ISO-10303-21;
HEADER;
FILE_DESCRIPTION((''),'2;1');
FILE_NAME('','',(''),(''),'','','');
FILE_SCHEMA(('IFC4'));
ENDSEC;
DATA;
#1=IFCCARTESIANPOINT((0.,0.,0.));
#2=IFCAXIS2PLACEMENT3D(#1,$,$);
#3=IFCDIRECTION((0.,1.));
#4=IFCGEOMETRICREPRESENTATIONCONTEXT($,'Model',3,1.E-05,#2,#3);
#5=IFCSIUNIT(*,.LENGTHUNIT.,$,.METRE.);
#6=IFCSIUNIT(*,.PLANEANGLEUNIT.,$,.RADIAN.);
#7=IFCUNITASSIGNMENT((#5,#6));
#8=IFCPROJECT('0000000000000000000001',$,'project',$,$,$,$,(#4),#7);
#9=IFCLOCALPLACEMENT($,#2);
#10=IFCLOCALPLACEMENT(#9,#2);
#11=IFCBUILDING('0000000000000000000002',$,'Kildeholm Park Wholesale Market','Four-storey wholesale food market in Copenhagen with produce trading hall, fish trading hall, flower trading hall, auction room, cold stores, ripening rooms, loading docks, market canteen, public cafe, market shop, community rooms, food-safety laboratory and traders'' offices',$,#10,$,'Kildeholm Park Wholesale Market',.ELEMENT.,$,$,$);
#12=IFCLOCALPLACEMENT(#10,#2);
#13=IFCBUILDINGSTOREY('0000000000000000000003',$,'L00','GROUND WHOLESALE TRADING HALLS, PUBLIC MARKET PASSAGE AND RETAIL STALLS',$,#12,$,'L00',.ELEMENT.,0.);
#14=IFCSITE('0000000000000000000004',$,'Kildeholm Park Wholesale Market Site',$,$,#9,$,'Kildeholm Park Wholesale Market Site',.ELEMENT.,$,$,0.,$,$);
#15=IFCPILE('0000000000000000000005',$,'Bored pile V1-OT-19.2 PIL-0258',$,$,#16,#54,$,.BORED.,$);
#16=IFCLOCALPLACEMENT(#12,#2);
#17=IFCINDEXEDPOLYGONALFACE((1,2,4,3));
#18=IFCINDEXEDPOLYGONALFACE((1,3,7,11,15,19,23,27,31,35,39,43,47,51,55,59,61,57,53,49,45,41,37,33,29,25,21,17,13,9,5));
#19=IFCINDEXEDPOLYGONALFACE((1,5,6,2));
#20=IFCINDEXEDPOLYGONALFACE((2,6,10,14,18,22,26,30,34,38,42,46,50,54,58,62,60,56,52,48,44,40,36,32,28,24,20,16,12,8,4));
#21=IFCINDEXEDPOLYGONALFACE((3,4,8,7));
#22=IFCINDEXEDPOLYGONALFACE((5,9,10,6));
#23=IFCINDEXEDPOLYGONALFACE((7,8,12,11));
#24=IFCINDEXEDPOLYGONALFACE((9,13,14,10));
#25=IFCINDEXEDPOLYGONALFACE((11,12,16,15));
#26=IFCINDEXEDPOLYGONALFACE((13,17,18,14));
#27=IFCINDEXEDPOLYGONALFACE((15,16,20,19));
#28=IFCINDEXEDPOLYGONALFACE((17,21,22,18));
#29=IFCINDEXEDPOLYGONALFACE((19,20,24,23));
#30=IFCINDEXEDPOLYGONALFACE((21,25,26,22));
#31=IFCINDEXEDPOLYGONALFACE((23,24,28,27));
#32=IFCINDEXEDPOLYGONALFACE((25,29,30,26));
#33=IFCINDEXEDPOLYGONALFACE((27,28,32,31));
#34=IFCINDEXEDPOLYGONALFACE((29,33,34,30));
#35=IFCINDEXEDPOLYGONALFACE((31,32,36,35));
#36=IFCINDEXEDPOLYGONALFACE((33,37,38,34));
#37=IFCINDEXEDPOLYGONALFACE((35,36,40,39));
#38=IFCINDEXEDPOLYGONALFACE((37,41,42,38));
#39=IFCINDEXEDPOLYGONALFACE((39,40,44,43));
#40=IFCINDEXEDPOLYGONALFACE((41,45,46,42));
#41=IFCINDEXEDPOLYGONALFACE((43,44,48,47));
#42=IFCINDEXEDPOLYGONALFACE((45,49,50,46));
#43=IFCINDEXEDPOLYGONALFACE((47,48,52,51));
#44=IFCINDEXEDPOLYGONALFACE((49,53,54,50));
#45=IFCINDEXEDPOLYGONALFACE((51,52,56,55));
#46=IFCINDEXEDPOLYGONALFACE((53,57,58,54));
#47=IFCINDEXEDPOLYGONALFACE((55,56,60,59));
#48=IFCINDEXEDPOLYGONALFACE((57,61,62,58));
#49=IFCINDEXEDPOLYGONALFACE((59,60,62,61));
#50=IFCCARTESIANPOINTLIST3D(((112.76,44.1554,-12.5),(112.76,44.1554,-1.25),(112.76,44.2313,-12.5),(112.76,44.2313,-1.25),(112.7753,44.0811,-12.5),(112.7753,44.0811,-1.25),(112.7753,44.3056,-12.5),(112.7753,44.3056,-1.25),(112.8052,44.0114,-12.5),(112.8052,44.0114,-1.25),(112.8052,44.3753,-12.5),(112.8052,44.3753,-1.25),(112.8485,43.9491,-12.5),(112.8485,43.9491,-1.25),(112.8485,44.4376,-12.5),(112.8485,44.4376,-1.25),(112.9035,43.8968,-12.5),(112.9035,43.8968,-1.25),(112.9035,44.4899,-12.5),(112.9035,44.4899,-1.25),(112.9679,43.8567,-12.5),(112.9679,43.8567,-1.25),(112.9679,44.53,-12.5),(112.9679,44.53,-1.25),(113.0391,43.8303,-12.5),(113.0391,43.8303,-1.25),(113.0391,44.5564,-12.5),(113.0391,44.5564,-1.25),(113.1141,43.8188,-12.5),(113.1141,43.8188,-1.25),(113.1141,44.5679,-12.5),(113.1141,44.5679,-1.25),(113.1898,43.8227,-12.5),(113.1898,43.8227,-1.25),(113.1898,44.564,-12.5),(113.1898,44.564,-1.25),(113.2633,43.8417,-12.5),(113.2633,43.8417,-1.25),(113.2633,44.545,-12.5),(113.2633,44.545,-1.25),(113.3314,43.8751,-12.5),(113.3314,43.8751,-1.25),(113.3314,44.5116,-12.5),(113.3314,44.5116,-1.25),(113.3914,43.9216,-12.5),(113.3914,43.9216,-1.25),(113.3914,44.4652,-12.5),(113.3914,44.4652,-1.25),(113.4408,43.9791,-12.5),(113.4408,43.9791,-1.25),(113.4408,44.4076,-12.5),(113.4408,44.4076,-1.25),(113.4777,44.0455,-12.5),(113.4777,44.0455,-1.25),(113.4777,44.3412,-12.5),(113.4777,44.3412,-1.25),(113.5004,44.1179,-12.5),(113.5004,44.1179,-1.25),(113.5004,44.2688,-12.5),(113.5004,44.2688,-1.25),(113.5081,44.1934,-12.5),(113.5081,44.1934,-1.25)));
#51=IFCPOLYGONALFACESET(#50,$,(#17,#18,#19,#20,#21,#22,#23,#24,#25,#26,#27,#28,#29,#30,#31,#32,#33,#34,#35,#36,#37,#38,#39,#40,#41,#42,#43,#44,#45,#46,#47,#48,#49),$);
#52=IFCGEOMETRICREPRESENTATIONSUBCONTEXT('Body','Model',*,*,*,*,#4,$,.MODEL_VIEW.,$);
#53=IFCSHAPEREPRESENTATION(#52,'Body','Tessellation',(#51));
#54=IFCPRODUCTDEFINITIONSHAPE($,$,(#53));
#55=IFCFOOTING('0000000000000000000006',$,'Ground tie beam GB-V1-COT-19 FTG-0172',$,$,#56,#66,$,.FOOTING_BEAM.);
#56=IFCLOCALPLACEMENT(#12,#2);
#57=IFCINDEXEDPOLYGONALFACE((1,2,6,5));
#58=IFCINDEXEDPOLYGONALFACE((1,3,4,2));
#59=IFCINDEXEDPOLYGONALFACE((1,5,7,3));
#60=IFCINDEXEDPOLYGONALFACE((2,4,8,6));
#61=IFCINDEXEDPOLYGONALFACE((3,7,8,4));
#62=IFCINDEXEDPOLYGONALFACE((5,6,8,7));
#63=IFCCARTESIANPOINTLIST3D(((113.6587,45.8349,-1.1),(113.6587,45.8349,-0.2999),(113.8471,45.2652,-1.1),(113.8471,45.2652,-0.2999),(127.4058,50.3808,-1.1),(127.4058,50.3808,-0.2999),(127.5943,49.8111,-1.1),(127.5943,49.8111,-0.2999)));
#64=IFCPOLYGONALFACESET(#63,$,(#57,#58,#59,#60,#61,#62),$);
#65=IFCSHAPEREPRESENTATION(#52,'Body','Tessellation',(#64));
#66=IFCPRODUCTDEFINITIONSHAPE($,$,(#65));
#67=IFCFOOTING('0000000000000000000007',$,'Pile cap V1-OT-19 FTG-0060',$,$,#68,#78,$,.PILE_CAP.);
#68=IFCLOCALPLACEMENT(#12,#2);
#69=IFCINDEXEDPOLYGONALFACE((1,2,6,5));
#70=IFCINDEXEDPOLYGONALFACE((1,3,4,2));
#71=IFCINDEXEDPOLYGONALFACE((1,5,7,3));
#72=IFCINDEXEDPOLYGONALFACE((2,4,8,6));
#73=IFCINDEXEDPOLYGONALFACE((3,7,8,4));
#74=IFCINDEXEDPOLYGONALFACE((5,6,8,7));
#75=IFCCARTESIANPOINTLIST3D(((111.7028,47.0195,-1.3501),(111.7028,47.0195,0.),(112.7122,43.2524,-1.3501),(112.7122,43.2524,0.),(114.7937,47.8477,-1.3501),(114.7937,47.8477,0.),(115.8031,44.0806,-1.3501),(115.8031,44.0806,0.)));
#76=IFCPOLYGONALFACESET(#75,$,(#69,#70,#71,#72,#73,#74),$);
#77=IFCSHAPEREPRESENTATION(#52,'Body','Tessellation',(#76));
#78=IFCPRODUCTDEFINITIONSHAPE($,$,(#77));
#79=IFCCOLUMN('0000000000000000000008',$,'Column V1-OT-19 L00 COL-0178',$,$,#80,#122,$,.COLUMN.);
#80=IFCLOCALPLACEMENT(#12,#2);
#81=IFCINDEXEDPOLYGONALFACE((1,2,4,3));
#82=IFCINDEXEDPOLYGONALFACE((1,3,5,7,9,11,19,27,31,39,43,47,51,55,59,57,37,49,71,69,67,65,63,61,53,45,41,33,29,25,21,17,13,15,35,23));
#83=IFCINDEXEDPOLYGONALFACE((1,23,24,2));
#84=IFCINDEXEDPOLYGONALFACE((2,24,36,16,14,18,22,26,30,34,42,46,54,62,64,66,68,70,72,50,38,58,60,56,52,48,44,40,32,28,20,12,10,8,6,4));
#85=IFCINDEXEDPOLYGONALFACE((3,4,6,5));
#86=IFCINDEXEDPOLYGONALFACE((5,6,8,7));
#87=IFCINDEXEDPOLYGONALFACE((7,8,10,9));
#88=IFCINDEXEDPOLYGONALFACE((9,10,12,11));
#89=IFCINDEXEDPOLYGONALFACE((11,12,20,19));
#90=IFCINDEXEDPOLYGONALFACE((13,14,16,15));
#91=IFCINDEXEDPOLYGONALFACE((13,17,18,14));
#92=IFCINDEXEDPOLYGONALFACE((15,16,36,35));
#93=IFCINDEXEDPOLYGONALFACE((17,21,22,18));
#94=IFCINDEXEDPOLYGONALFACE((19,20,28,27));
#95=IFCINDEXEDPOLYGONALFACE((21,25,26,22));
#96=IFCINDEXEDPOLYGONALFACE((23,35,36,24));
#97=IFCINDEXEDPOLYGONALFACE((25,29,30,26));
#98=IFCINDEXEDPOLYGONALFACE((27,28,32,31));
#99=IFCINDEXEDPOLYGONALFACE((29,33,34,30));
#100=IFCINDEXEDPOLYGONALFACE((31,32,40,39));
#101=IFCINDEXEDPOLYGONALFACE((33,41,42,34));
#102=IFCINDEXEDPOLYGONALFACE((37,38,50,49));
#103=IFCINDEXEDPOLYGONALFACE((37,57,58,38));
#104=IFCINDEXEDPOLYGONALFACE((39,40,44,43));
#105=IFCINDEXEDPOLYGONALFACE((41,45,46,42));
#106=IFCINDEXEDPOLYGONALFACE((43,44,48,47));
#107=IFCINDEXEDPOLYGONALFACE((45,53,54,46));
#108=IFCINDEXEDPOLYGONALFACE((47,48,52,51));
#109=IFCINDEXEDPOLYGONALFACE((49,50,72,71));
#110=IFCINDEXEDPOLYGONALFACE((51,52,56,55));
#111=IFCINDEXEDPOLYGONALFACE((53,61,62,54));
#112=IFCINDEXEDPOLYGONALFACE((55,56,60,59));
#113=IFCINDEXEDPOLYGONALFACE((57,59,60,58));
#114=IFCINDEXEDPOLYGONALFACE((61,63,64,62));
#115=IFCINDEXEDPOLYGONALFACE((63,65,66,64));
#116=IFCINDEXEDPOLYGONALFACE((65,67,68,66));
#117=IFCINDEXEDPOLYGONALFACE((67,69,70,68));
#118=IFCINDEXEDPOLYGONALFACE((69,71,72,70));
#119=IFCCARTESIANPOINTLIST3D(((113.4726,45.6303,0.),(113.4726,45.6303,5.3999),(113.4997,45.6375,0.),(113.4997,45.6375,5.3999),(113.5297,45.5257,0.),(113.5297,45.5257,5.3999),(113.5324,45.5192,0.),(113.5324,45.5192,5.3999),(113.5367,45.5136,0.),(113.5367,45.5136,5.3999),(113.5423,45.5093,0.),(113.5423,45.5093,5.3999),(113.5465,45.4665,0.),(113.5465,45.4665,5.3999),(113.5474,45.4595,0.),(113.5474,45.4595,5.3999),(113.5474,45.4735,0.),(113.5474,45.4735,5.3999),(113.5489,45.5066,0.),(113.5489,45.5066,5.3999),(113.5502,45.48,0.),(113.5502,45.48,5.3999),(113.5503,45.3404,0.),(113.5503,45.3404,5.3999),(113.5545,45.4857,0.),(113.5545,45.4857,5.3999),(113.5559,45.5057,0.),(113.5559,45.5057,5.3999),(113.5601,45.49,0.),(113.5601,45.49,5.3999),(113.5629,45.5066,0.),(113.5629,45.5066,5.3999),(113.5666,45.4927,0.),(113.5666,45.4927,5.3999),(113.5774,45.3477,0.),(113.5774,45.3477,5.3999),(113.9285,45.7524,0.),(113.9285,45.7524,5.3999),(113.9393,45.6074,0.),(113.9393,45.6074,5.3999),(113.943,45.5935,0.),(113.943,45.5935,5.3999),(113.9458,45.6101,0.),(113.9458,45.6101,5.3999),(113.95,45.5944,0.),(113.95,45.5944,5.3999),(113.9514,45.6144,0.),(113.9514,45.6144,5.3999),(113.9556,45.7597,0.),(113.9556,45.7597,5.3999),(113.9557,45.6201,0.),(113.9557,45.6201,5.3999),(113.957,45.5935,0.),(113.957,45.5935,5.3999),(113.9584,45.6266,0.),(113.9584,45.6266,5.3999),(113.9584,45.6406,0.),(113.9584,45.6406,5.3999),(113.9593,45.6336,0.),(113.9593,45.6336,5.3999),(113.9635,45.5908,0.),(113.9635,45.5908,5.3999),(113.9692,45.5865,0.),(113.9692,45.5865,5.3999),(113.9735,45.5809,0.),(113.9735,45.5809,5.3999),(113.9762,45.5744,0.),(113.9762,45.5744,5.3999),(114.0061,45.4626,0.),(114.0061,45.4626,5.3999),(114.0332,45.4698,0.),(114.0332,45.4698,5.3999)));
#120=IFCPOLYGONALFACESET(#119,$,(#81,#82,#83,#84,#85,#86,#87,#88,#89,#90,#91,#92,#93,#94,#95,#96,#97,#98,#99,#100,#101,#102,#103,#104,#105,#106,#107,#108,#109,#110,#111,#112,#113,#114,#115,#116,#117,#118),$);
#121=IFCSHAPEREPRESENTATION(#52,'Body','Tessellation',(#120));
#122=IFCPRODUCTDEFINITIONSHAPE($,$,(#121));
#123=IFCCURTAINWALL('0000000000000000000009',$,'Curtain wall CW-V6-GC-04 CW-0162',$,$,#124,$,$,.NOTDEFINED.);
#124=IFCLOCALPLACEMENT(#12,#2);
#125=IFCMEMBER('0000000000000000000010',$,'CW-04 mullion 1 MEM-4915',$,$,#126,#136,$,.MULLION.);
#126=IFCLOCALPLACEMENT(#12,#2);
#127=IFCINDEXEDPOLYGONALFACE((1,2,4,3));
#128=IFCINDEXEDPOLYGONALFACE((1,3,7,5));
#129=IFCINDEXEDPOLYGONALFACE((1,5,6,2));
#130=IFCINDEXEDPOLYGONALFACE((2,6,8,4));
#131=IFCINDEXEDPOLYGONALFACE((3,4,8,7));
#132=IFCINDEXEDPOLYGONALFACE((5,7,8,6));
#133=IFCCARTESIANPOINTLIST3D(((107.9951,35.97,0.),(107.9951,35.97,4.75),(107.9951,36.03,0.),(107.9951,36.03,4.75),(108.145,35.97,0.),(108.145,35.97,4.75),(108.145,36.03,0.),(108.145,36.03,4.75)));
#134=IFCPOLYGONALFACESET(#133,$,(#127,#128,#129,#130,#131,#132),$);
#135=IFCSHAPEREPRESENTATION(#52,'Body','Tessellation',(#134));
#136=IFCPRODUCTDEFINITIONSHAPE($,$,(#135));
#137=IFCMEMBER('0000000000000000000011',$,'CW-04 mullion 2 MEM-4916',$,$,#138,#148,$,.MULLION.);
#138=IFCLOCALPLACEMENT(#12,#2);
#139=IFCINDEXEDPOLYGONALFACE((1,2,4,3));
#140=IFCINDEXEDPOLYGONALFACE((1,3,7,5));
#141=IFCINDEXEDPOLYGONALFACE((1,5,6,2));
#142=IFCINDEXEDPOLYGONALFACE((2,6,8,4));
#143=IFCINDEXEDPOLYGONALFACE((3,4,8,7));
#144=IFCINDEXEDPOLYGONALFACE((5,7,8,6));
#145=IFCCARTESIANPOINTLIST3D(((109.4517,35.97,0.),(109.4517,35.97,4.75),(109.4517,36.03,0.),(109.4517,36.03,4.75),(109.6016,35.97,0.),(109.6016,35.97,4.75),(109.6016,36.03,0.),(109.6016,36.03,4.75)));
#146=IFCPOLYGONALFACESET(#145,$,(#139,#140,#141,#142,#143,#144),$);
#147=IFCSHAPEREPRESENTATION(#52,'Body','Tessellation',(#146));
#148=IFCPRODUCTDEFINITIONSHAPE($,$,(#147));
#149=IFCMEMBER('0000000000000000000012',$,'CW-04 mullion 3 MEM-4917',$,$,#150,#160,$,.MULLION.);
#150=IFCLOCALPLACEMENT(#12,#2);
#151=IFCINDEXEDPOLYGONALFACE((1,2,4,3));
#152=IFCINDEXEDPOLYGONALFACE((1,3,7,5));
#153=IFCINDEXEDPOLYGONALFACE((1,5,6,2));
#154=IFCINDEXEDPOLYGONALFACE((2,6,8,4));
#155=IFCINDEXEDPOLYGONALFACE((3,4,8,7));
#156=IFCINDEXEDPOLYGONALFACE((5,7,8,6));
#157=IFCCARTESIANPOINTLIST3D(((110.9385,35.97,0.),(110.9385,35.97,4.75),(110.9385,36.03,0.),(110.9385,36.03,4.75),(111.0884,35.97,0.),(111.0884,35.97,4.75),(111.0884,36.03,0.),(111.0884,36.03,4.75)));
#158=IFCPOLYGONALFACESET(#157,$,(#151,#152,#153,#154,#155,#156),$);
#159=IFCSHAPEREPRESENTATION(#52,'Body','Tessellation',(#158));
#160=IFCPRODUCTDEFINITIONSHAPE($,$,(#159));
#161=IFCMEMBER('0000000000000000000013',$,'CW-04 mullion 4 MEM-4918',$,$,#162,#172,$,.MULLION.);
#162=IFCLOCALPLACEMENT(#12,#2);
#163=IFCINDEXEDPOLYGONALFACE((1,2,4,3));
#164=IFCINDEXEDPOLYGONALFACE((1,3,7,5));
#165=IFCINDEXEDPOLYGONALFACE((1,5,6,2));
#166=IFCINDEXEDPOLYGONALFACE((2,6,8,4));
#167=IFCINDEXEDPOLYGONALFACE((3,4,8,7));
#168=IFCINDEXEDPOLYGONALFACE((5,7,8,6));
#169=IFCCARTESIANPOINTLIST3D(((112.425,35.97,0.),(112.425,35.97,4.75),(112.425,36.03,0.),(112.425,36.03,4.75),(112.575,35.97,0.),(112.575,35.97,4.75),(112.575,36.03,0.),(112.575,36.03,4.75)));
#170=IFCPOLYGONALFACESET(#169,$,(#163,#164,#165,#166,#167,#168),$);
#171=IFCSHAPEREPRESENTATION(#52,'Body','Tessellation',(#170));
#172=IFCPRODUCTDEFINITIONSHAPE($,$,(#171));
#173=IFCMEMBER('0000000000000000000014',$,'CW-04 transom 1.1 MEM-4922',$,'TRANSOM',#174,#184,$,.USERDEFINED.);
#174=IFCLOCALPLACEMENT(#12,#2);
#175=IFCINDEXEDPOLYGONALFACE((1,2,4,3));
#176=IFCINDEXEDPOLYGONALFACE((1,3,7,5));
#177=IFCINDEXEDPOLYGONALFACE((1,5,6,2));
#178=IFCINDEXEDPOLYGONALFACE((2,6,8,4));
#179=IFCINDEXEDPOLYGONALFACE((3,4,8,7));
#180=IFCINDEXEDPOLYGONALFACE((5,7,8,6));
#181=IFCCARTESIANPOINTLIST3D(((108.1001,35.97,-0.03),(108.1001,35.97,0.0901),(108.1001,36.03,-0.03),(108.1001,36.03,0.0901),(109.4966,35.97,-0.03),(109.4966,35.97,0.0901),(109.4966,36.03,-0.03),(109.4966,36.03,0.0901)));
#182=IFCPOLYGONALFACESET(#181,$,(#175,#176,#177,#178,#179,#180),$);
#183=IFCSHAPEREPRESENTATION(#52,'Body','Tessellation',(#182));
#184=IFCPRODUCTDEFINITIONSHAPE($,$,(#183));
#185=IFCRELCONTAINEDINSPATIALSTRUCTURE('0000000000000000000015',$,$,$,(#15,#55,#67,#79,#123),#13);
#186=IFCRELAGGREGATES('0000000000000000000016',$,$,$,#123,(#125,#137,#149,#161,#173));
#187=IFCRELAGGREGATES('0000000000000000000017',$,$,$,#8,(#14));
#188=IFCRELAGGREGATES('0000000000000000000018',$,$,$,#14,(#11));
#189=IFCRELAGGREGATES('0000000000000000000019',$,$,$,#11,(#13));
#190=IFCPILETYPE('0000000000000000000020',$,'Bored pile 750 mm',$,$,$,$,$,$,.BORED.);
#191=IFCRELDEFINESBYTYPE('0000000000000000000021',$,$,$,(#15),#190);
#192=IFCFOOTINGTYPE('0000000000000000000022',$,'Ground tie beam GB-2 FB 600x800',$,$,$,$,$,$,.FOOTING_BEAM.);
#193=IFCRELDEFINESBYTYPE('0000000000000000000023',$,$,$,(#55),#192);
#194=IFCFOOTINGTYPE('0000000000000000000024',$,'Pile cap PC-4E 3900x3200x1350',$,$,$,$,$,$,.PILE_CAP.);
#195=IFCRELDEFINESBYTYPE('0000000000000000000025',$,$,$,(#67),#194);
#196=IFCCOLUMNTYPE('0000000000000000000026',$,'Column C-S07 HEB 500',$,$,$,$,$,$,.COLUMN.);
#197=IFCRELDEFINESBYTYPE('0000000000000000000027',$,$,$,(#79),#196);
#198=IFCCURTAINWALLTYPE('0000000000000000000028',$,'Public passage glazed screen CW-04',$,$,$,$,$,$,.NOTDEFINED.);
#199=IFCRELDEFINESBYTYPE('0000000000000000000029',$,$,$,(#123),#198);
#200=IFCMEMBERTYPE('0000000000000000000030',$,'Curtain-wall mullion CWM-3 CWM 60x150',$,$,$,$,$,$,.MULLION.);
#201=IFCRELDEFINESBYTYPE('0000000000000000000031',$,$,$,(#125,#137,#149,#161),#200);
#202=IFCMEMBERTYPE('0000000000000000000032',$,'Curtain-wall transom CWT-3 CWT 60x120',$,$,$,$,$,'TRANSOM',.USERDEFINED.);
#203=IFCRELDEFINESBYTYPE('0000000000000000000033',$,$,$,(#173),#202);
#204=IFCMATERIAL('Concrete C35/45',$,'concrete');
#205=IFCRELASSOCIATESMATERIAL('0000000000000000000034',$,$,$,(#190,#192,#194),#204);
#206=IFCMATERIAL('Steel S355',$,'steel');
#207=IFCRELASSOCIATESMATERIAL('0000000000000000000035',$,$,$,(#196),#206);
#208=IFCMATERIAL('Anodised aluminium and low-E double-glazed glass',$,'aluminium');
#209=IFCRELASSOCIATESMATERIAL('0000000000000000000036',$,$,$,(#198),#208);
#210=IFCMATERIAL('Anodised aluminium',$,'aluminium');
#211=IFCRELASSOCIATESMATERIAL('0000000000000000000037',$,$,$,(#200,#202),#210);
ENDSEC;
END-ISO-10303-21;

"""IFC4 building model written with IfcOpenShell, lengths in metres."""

from ifc_helpers import new_model, si_unit, direction, frame, origin, origin_2d, place, context, subcontext, project, spatial, rectangle, circle, i_section, extrude, material, material_profile, profile_set, type_object, element, aggregate, save


model = new_model("IFC4")

# Units and contexts
model_context = context("Model", 3, precision=1e-05, world=origin(), true_north=direction((0.0, 1.0)))
body_context = subcontext(model_context, "Body", "Model", "MODEL_VIEW")
ifc_project = project(units=[si_unit("LENGTHUNIT", "METRE"), si_unit("PLANEANGLEUNIT", "RADIAN")], contexts=[model_context])

# Site, building, storey
site_placement = place(None, origin())
site = spatial("IfcSite", under=ifc_project, at=site_placement, Name="Kildeholm Park Wholesale Market Site", LongName="Kildeholm Park Wholesale Market Site", CompositionType="ELEMENT", RefElevation=0.0)
building_placement = place(site_placement, origin())
building = spatial("IfcBuilding", under=site, at=building_placement, Name="Kildeholm Park Wholesale Market", Description="Four-storey wholesale food market in Copenhagen with produce trading hall, fish trading hall, flower trading hall, auction room, cold stores, ripening rooms, loading docks, market canteen, public cafe, market shop, community rooms, food-safety laboratory and traders' offices", LongName="Kildeholm Park Wholesale Market", CompositionType="ELEMENT")
storey_placement = place(building_placement, origin())
storey = spatial("IfcBuildingStorey", under=building, at=storey_placement, Name="L00", Description="GROUND WHOLESALE TRADING HALLS, PUBLIC MARKET PASSAGE AND RETAIL STALLS", LongName="L00", CompositionType="ELEMENT", Elevation=0.0)

# Pile
ifc_material_1 = material(Name="Concrete C35/45", Category="concrete")
ifc_material_profile_1 = material_profile(ifc_material_1, circle(Radius=0.375, at=origin_2d()), Name="PILE D750")
ifc_profile_set_1 = profile_set([ifc_material_profile_1], Name="Concrete C35/45")
pile_type = type_object("IfcPileType", Name="Bored pile 750 mm", PredefinedType="BORED", material=ifc_profile_set_1)
pile_placement = place(storey_placement, frame((113.1331, 44.1934, -1.25), z_axis=(0.0, 0.0, -1.0), x_axis=(1.0, 0.0, 0.0)))
element("IfcPile", 1, at=pile_placement, inside=storey, type_object=pile_type, Name="Bored pile V1-OT-19.2 PIL-0258", PredefinedType="BORED", context=body_context, shape_type="SweptSolid", body=[
    extrude(circle(Radius=0.375, at=origin_2d()), origin(), (0.0, 0.0, 1.0), 11.25),
])

# Footings
ifc_material_profile_2 = material_profile(ifc_material_1, rectangle(XDim=0.6001, YDim=0.8, at=origin_2d()), Name="FB 600x800")
ifc_profile_set_2 = profile_set([ifc_material_profile_2], Name="Concrete C35/45")
footing_type_1 = type_object("IfcFootingType", Name="Ground tie beam GB-2 FB 600x800", PredefinedType="FOOTING_BEAM", material=ifc_profile_set_2)
footing_1_placement = place(storey_placement, frame((113.7529, 45.55, -0.7), z_axis=(0.949436, 0.313961, 0.0), x_axis=(-0.313961, 0.949436, 0.0)))
element("IfcFooting", 2, at=footing_1_placement, inside=storey, type_object=footing_type_1, Name="Ground tie beam GB-V1-COT-19 FTG-0172", PredefinedType="FOOTING_BEAM", context=body_context, shape_type="SweptSolid", body=[
    extrude(rectangle(XDim=0.6001, YDim=0.8, at=origin_2d()), origin(), (0.0, 0.0, 1.0), 14.4792),
])
footing_type_2 = type_object("IfcFootingType", Name="Pile cap PC-4E 3900x3200x1350", PredefinedType="PILE_CAP", material=ifc_material_1)
footing_2_placement = place(storey_placement, frame((113.7529, 45.55, -1.3501), z_axis=(0.0, 0.0, 1.0), x_axis=(0.258819, -0.965926, 0.0)))
element("IfcFooting", 3, at=footing_2_placement, inside=storey, type_object=footing_type_2, Name="Pile cap V1-OT-19 FTG-0060", PredefinedType="PILE_CAP", context=body_context, shape_type="SweptSolid", body=[
    extrude(rectangle(XDim=3.8999, YDim=3.2, at=origin_2d()), origin(), (0.0, 0.0, 1.0), 1.3501),
])

# Column
ifc_material_2 = material(Name="Steel S355", Category="steel")
ifc_material_profile_3 = material_profile(ifc_material_2, i_section(OverallWidth=0.3, OverallDepth=0.5, WebThickness=0.0144, FlangeThickness=0.0281, FilletRadius=0.0271, at=origin_2d()), Name="HEB 500")
ifc_profile_set_3 = profile_set([ifc_material_profile_3], Name="Steel S355")
column_type = type_object("IfcColumnType", Name="Column C-S07 HEB 500", PredefinedType="COLUMN", material=ifc_profile_set_3)
column_placement = place(storey_placement, frame((113.7529, 45.55, 0.0), z_axis=(0.0, 0.0, 1.0), x_axis=(0.258819, -0.965926, 0.0)))
element("IfcColumn", 4, at=column_placement, inside=storey, type_object=column_type, Name="Column V1-OT-19 L00 COL-0178", PredefinedType="COLUMN", context=body_context, shape_type="SweptSolid", body=[
    extrude(i_section(OverallWidth=0.3, OverallDepth=0.5, WebThickness=0.0144, FlangeThickness=0.0281, FilletRadius=0.0271, at=origin_2d()), origin(), (0.0, 0.0, 1.0), 5.3999),
])

# Curtain wall, members
ifc_material_3 = material(Name="Anodised aluminium and low-E double-glazed glass", Category="aluminium")
curtain_wall_type = type_object("IfcCurtainWallType", Name="Public passage glazed screen CW-04", PredefinedType="NOTDEFINED", material=ifc_material_3)
curtain_wall_placement = place(storey_placement, origin())
curtain_wall = element("IfcCurtainWall", 5, at=curtain_wall_placement, inside=storey, type_object=curtain_wall_type, Name="Curtain wall CW-V6-GC-04 CW-0162", PredefinedType="NOTDEFINED")
ifc_material_4 = material(Name="Anodised aluminium", Category="aluminium")
ifc_material_profile_4 = material_profile(ifc_material_4, rectangle(XDim=0.0601, YDim=0.1499, at=origin_2d()), Name="CWM 60x150")
ifc_profile_set_4 = profile_set([ifc_material_profile_4], Name="Anodised aluminium")
member_type_1 = type_object("IfcMemberType", Name="Curtain-wall mullion CWM-3 CWM 60x150", PredefinedType="MULLION", material=ifc_profile_set_4)
member_1_placement = place(storey_placement, frame((108.0701, 36.0, 0.0), z_axis=(0.0, 0.0, 1.0), x_axis=(0.0, 1.0, 0.0)))
member_1 = element("IfcMember", 6, at=member_1_placement, type_object=member_type_1, Name="CW-04 mullion 1 MEM-4915", PredefinedType="MULLION", context=body_context, shape_type="SweptSolid", body=[
    extrude(rectangle(XDim=0.0601, YDim=0.1499, at=origin_2d()), origin(), (0.0, 0.0, 1.0), 4.75),
])
member_2_placement = place(storey_placement, frame((109.5266, 36.0, 0.0), z_axis=(0.0, 0.0, 1.0), x_axis=(0.0, 1.0, 0.0)))
member_2 = element("IfcMember", 7, at=member_2_placement, type_object=member_type_1, Name="CW-04 mullion 2 MEM-4916", PredefinedType="MULLION", context=body_context, shape_type="SweptSolid", body=[
    extrude(rectangle(XDim=0.0601, YDim=0.1499, at=origin_2d()), origin(), (0.0, 0.0, 1.0), 4.75),
])
member_3_placement = place(storey_placement, frame((111.0134, 36.0, 0.0), z_axis=(0.0, 0.0, 1.0), x_axis=(0.0, 1.0, 0.0)))
member_3 = element("IfcMember", 8, at=member_3_placement, type_object=member_type_1, Name="CW-04 mullion 3 MEM-4917", PredefinedType="MULLION", context=body_context, shape_type="SweptSolid", body=[
    extrude(rectangle(XDim=0.0601, YDim=0.1499, at=origin_2d()), origin(), (0.0, 0.0, 1.0), 4.75),
])
member_4_placement = place(storey_placement, frame((112.5, 36.0, 0.0), z_axis=(0.0, 0.0, 1.0), x_axis=(0.0, 1.0, 0.0)))
member_4 = element("IfcMember", 9, at=member_4_placement, type_object=member_type_1, Name="CW-04 mullion 4 MEM-4918", PredefinedType="MULLION", context=body_context, shape_type="SweptSolid", body=[
    extrude(rectangle(XDim=0.0601, YDim=0.1499, at=origin_2d()), origin(), (0.0, 0.0, 1.0), 4.75),
])
ifc_material_profile_5 = material_profile(ifc_material_4, rectangle(XDim=0.0601, YDim=0.1201, at=origin_2d()), Name="CWT 60x120")
ifc_profile_set_5 = profile_set([ifc_material_profile_5], Name="Anodised aluminium")
member_type_2 = type_object("IfcMemberType", Name="Curtain-wall transom CWT-3 CWT 60x120", ElementType="TRANSOM", PredefinedType="USERDEFINED", material=ifc_profile_set_5)
member_5_placement = place(storey_placement, frame((108.1001, 36.0, 0.03), z_axis=(1.0, 0.0, 0.0), x_axis=(0.0, 1.0, 0.0)))
member_5 = element("IfcMember", 10, at=member_5_placement, type_object=member_type_2, Name="CW-04 transom 1.1 MEM-4922", ObjectType="TRANSOM", PredefinedType="USERDEFINED", context=body_context, shape_type="SweptSolid", body=[
    extrude(rectangle(XDim=0.0601, YDim=0.1201, at=origin_2d()), origin(), (0.0, 0.0, 1.0), 1.3965),
])
aggregate(curtain_wall, [member_1, member_2, member_3, member_4, member_5])

save(model, "model.ifc")
